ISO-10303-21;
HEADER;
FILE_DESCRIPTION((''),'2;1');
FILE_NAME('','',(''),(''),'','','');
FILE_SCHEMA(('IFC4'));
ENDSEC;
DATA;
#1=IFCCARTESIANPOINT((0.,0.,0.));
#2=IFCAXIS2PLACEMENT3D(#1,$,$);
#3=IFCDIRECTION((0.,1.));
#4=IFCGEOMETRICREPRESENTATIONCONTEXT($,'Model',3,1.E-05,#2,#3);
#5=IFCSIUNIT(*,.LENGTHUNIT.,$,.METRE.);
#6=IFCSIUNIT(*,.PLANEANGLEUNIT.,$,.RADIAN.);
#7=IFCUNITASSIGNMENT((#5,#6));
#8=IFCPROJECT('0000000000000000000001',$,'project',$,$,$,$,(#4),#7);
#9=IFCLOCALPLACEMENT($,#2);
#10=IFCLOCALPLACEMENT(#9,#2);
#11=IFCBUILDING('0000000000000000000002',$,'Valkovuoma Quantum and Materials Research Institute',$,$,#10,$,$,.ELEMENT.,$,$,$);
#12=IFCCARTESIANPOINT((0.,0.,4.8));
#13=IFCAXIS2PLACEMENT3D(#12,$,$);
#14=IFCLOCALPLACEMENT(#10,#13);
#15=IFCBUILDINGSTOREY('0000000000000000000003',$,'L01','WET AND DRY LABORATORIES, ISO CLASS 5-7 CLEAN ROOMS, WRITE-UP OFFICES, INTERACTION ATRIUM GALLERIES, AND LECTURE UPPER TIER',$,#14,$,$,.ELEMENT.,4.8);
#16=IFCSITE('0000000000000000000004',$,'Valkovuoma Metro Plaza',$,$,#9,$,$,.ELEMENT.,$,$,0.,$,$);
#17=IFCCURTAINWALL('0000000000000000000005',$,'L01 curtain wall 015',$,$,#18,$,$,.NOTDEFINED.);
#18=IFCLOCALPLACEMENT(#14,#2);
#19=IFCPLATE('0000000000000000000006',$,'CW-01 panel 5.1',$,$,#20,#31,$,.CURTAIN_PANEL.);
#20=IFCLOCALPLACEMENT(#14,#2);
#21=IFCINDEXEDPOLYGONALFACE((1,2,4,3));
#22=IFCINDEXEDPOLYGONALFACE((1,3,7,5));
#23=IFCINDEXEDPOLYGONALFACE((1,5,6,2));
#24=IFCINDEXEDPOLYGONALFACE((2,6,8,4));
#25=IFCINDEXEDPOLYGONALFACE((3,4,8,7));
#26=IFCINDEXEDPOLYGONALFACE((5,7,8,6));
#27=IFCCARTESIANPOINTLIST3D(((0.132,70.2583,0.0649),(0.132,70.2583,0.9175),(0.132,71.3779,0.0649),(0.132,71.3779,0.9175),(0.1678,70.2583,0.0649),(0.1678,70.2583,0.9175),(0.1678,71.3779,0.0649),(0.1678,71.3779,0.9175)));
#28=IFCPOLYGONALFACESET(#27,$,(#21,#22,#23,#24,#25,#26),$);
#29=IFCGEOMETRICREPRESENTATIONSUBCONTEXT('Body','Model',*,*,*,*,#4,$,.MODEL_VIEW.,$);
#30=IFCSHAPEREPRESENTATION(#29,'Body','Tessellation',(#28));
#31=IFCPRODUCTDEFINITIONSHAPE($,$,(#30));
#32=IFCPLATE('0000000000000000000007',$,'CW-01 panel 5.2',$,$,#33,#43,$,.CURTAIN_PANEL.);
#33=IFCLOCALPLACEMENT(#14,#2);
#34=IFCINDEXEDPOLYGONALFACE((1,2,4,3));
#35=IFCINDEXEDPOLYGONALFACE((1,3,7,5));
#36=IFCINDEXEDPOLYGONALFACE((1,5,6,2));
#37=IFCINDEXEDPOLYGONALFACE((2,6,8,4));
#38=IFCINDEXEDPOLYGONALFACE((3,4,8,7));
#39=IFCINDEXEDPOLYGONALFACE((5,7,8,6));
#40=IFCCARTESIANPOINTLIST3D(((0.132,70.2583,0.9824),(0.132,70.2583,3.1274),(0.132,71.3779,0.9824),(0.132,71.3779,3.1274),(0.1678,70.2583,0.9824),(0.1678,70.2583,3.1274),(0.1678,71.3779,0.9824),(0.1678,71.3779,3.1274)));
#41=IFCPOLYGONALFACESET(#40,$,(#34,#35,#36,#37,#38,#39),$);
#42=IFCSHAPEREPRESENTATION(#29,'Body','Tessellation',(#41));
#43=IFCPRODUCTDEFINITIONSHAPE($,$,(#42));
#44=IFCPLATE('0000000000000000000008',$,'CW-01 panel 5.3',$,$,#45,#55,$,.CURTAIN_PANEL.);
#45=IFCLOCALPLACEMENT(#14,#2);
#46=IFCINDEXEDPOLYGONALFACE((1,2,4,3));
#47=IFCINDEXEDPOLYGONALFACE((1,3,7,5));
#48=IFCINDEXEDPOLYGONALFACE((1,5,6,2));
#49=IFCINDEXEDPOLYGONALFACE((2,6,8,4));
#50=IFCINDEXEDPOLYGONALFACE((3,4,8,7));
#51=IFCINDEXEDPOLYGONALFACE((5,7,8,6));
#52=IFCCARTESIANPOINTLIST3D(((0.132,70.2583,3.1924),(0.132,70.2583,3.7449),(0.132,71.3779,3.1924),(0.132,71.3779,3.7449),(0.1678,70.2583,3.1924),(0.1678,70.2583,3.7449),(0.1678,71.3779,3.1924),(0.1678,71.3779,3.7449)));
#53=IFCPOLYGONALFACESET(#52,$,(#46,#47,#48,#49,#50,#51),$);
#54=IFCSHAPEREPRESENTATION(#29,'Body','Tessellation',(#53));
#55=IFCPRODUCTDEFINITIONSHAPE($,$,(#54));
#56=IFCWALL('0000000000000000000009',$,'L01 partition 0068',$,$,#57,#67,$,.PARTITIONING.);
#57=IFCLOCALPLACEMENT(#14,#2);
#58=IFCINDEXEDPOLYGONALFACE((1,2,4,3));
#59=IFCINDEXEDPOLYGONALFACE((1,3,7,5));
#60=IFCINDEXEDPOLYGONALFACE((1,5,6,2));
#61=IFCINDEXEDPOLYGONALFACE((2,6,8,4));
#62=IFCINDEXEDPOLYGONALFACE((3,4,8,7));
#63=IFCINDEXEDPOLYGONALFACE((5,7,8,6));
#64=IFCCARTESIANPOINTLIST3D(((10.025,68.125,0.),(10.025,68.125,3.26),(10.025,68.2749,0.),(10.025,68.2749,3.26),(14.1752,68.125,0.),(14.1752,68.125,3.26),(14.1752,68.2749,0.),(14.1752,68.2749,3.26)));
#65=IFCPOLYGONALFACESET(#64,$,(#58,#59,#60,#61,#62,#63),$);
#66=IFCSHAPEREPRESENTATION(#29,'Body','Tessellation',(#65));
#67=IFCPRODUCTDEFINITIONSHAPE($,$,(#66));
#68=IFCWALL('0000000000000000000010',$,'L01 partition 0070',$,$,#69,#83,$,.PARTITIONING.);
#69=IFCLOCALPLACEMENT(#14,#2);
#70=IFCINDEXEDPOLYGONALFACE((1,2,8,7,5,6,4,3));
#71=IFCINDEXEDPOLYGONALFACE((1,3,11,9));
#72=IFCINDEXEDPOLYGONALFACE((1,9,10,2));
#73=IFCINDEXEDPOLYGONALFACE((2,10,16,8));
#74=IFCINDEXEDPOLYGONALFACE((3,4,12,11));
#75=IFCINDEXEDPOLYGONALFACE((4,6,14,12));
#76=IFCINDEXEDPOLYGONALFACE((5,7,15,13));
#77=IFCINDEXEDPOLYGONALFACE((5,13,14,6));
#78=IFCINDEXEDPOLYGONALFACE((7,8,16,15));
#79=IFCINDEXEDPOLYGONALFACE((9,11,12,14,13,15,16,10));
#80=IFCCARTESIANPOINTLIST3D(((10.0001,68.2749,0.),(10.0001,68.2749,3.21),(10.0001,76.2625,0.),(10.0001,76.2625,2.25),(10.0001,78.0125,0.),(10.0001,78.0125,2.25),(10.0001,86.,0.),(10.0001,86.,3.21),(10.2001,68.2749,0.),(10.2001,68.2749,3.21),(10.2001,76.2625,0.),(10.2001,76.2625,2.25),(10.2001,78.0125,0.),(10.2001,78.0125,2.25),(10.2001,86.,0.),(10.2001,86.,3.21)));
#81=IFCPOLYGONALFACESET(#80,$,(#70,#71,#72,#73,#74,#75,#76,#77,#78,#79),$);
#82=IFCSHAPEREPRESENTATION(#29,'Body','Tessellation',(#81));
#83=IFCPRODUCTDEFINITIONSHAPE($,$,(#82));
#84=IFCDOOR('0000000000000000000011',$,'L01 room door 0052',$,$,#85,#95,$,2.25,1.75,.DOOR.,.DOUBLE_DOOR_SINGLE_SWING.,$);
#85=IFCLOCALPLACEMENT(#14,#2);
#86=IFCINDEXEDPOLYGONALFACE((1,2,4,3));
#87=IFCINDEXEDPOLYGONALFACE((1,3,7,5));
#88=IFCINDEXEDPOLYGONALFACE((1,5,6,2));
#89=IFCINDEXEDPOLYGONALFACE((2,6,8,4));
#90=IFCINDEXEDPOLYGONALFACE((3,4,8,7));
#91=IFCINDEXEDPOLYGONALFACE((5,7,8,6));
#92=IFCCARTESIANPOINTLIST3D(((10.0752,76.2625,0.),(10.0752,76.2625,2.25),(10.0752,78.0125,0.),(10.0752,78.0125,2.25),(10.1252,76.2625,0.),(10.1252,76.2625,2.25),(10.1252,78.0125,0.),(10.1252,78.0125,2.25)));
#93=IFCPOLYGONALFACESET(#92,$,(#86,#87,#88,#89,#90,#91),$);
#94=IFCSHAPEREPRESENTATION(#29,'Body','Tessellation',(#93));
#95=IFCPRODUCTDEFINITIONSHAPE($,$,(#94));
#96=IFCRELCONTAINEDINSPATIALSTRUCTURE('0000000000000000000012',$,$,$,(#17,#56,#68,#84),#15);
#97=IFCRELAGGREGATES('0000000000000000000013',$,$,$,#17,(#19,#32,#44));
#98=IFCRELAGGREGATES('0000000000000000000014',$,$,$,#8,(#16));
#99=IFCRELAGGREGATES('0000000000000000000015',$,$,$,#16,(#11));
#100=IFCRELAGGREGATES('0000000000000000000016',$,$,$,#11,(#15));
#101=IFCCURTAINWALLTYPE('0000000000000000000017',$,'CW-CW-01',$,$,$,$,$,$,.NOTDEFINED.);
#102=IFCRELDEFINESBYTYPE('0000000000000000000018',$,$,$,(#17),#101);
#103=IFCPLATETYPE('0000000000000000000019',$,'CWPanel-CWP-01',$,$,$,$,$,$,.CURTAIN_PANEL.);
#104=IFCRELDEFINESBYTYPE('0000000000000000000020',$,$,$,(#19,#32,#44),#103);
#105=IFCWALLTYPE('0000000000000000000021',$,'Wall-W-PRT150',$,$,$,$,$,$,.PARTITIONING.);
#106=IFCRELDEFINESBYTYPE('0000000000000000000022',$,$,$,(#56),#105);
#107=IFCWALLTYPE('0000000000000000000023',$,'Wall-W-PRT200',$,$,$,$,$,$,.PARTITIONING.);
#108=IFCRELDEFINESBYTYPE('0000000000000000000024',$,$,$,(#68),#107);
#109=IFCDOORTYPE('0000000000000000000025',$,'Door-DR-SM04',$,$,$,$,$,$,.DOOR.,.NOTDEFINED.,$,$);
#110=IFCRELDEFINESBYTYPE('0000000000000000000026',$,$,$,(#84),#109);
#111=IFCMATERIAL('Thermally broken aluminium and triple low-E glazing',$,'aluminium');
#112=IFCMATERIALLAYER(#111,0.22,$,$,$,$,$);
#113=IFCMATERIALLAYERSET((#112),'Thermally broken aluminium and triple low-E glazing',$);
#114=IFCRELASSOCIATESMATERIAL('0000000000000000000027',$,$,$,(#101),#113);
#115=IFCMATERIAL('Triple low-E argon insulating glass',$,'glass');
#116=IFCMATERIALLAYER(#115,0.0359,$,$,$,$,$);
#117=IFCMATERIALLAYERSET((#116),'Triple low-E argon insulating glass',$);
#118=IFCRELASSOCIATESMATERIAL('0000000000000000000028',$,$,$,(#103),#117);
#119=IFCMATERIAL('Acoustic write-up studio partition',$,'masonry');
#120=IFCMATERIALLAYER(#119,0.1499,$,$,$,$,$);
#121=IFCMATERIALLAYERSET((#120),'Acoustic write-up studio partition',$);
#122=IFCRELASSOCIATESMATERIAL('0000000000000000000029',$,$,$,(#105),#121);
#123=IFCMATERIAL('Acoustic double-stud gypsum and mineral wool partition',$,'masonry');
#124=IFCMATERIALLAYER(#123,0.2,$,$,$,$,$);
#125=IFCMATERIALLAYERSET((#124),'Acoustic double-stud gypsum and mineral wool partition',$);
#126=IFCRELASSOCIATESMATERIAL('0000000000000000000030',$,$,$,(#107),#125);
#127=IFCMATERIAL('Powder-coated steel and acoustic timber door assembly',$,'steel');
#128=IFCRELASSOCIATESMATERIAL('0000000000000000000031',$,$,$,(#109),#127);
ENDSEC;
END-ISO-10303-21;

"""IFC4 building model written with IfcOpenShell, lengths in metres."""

from ifc_helpers import new_model, si_unit, direction, frame, frame_2d, origin, origin_2d, place, context, subcontext, project, spatial, rectangle, extrude, material, layer, layer_set, type_object, element, fill, aggregate, save


model = new_model("IFC4")

# Units and contexts
model_context = context("Model", 3, precision=1e-05, world=origin(), true_north=direction((0.0, 1.0)))
body_context = subcontext(model_context, "Body", "Model", "MODEL_VIEW")
ifc_project = project(units=[si_unit("LENGTHUNIT", "METRE"), si_unit("PLANEANGLEUNIT", "RADIAN")], contexts=[model_context])

# Site, building, storey
site_placement = place(None, origin())
site = spatial("IfcSite", under=ifc_project, at=site_placement, Name="Valkovuoma Metro Plaza", CompositionType="ELEMENT", RefElevation=0.0)
building_placement = place(site_placement, origin())
building = spatial("IfcBuilding", under=site, at=building_placement, Name="Valkovuoma Quantum and Materials Research Institute", CompositionType="ELEMENT")
storey_placement = place(building_placement, frame((0.0, 0.0, 4.8)))
storey = spatial("IfcBuildingStorey", under=building, at=storey_placement, Name="L01", Description="WET AND DRY LABORATORIES, ISO CLASS 5-7 CLEAN ROOMS, WRITE-UP OFFICES, INTERACTION ATRIUM GALLERIES, AND LECTURE UPPER TIER", CompositionType="ELEMENT", Elevation=4.8)

# Curtain wall, plates
ifc_material_1 = material(Name="Thermally broken aluminium and triple low-E glazing", Category="aluminium")
ifc_layer_1 = layer(ifc_material_1, 0.22)
ifc_layer_set_1 = layer_set([ifc_layer_1], Name="Thermally broken aluminium and triple low-E glazing")
curtain_wall_type = type_object("IfcCurtainWallType", Name="CW-CW-01", PredefinedType="NOTDEFINED", material=ifc_layer_set_1)
curtain_wall_placement = place(storey_placement, origin())
curtain_wall = element("IfcCurtainWall", 1, at=curtain_wall_placement, inside=storey, type_object=curtain_wall_type, Name="L01 curtain wall 015", PredefinedType="NOTDEFINED")
ifc_material_2 = material(Name="Triple low-E argon insulating glass", Category="glass")
ifc_layer_2 = layer(ifc_material_2, 0.0359)
ifc_layer_set_2 = layer_set([ifc_layer_2], Name="Triple low-E argon insulating glass")
plate_type = type_object("IfcPlateType", Name="CWPanel-CWP-01", PredefinedType="CURTAIN_PANEL", material=ifc_layer_set_2)
plate_1_placement = place(storey_placement, frame((0.1499, 70.8181, 0.0649), z_axis=(0.0, 0.0, 1.0), x_axis=(0.0, 1.0, 0.0)))
plate_1 = element("IfcPlate", 2, at=plate_1_placement, type_object=plate_type, Name="CW-01 panel 5.1", PredefinedType="CURTAIN_PANEL", context=body_context, shape_type="SweptSolid", body=[
    extrude(rectangle(XDim=1.1196, YDim=0.0359, at=origin_2d()), origin(), (0.0, 0.0, 1.0), 0.8525),
])
plate_2_placement = place(storey_placement, frame((0.1499, 70.8181, 0.9824), z_axis=(0.0, 0.0, 1.0), x_axis=(0.0, 1.0, 0.0)))
plate_2 = element("IfcPlate", 3, at=plate_2_placement, type_object=plate_type, Name="CW-01 panel 5.2", PredefinedType="CURTAIN_PANEL", context=body_context, shape_type="SweptSolid", body=[
    extrude(rectangle(XDim=1.1196, YDim=0.0359, at=origin_2d()), origin(), (0.0, 0.0, 1.0), 2.145),
])
plate_3_placement = place(storey_placement, frame((0.1499, 70.8181, 3.1924), z_axis=(0.0, 0.0, 1.0), x_axis=(0.0, 1.0, 0.0)))
plate_3 = element("IfcPlate", 4, at=plate_3_placement, type_object=plate_type, Name="CW-01 panel 5.3", PredefinedType="CURTAIN_PANEL", context=body_context, shape_type="SweptSolid", body=[
    extrude(rectangle(XDim=1.1196, YDim=0.0359, at=origin_2d()), origin(), (0.0, 0.0, 1.0), 0.5525),
])
aggregate(curtain_wall, [plate_1, plate_2, plate_3])

# Wall
ifc_material_3 = material(Name="Acoustic write-up studio partition", Category="masonry")
ifc_layer_3 = layer(ifc_material_3, 0.1499)
ifc_layer_set_3 = layer_set([ifc_layer_3], Name="Acoustic write-up studio partition")
wall_type_1 = type_object("IfcWallType", Name="Wall-W-PRT150", PredefinedType="PARTITIONING", material=ifc_layer_set_3)
wall_1_placement = place(storey_placement, frame((10.0249, 68.2, 0.0), z_axis=(0.0, 0.0, 1.0), x_axis=(1.0, 0.0, 0.0)))
element("IfcWall", 5, at=wall_1_placement, inside=storey, type_object=wall_type_1, Name="L01 partition 0068", PredefinedType="PARTITIONING", context=body_context, shape_type="SweptSolid", body=[
    extrude(rectangle(XDim=4.1501, YDim=0.1499, at=frame_2d((2.0752, 0.0))), origin(), (0.0, 0.0, 1.0), 3.26),
])

# Wall, opening, door
ifc_material_4 = material(Name="Acoustic double-stud gypsum and mineral wool partition", Category="masonry")
ifc_layer_4 = layer(ifc_material_4, 0.2)
ifc_layer_set_4 = layer_set([ifc_layer_4], Name="Acoustic double-stud gypsum and mineral wool partition")
wall_type_2 = type_object("IfcWallType", Name="Wall-W-PRT200", PredefinedType="PARTITIONING", material=ifc_layer_set_4)
wall_2_placement = place(storey_placement, frame((10.1001, 68.2749, 0.0), z_axis=(0.0, 0.0, 1.0), x_axis=(0.0, 1.0, 0.0)))
wall_2 = element("IfcWall", 6, at=wall_2_placement, inside=storey, type_object=wall_type_2, Name="L01 partition 0070", PredefinedType="PARTITIONING", context=body_context, shape_type="SweptSolid", body=[
    extrude(rectangle(XDim=17.7251, YDim=0.2, at=frame_2d((8.8625, 0.0))), origin(), (0.0, 0.0, 1.0), 3.21),
])
opening_placement = place(wall_2_placement, frame((7.9875, 0.0, 0.0)))
opening = element("IfcOpeningElement", 7, at=opening_placement, cuts=wall_2, PredefinedType="OPENING", context=body_context, shape_type="SweptSolid", body=[
    extrude(rectangle(XDim=1.75, YDim=2.25, at=frame_2d((0.875, 1.125))), frame((0.0, 0.1099, 0.0), z_axis=(0.0, -1.0, 0.0), x_axis=(1.0, 0.0, 0.0)), (0.0, 0.0, 1.0), 0.22),
])
ifc_material_5 = material(Name="Powder-coated steel and acoustic timber door assembly", Category="steel")
door_type = type_object("IfcDoorType", Name="Door-DR-SM04", OperationType="NOTDEFINED", PredefinedType="DOOR", material=ifc_material_5)
door_placement = place(opening_placement, origin())
door = element("IfcDoor", 8, at=door_placement, inside=storey, type_object=door_type, Name="L01 room door 0052", OperationType="DOUBLE_DOOR_SINGLE_SWING", OverallHeight=2.25, OverallWidth=1.75, PredefinedType="DOOR", context=body_context, shape_type="SweptSolid", body=[
    extrude(rectangle(XDim=1.75, YDim=2.25, at=frame_2d((0.875, 1.125))), frame((0.0, 0.0249, 0.0), z_axis=(0.0, -1.0, 0.0), x_axis=(1.0, 0.0, 0.0)), (0.0, 0.0, 1.0), 0.05),
])
fill(opening, door)

save(model, "model.ifc")
